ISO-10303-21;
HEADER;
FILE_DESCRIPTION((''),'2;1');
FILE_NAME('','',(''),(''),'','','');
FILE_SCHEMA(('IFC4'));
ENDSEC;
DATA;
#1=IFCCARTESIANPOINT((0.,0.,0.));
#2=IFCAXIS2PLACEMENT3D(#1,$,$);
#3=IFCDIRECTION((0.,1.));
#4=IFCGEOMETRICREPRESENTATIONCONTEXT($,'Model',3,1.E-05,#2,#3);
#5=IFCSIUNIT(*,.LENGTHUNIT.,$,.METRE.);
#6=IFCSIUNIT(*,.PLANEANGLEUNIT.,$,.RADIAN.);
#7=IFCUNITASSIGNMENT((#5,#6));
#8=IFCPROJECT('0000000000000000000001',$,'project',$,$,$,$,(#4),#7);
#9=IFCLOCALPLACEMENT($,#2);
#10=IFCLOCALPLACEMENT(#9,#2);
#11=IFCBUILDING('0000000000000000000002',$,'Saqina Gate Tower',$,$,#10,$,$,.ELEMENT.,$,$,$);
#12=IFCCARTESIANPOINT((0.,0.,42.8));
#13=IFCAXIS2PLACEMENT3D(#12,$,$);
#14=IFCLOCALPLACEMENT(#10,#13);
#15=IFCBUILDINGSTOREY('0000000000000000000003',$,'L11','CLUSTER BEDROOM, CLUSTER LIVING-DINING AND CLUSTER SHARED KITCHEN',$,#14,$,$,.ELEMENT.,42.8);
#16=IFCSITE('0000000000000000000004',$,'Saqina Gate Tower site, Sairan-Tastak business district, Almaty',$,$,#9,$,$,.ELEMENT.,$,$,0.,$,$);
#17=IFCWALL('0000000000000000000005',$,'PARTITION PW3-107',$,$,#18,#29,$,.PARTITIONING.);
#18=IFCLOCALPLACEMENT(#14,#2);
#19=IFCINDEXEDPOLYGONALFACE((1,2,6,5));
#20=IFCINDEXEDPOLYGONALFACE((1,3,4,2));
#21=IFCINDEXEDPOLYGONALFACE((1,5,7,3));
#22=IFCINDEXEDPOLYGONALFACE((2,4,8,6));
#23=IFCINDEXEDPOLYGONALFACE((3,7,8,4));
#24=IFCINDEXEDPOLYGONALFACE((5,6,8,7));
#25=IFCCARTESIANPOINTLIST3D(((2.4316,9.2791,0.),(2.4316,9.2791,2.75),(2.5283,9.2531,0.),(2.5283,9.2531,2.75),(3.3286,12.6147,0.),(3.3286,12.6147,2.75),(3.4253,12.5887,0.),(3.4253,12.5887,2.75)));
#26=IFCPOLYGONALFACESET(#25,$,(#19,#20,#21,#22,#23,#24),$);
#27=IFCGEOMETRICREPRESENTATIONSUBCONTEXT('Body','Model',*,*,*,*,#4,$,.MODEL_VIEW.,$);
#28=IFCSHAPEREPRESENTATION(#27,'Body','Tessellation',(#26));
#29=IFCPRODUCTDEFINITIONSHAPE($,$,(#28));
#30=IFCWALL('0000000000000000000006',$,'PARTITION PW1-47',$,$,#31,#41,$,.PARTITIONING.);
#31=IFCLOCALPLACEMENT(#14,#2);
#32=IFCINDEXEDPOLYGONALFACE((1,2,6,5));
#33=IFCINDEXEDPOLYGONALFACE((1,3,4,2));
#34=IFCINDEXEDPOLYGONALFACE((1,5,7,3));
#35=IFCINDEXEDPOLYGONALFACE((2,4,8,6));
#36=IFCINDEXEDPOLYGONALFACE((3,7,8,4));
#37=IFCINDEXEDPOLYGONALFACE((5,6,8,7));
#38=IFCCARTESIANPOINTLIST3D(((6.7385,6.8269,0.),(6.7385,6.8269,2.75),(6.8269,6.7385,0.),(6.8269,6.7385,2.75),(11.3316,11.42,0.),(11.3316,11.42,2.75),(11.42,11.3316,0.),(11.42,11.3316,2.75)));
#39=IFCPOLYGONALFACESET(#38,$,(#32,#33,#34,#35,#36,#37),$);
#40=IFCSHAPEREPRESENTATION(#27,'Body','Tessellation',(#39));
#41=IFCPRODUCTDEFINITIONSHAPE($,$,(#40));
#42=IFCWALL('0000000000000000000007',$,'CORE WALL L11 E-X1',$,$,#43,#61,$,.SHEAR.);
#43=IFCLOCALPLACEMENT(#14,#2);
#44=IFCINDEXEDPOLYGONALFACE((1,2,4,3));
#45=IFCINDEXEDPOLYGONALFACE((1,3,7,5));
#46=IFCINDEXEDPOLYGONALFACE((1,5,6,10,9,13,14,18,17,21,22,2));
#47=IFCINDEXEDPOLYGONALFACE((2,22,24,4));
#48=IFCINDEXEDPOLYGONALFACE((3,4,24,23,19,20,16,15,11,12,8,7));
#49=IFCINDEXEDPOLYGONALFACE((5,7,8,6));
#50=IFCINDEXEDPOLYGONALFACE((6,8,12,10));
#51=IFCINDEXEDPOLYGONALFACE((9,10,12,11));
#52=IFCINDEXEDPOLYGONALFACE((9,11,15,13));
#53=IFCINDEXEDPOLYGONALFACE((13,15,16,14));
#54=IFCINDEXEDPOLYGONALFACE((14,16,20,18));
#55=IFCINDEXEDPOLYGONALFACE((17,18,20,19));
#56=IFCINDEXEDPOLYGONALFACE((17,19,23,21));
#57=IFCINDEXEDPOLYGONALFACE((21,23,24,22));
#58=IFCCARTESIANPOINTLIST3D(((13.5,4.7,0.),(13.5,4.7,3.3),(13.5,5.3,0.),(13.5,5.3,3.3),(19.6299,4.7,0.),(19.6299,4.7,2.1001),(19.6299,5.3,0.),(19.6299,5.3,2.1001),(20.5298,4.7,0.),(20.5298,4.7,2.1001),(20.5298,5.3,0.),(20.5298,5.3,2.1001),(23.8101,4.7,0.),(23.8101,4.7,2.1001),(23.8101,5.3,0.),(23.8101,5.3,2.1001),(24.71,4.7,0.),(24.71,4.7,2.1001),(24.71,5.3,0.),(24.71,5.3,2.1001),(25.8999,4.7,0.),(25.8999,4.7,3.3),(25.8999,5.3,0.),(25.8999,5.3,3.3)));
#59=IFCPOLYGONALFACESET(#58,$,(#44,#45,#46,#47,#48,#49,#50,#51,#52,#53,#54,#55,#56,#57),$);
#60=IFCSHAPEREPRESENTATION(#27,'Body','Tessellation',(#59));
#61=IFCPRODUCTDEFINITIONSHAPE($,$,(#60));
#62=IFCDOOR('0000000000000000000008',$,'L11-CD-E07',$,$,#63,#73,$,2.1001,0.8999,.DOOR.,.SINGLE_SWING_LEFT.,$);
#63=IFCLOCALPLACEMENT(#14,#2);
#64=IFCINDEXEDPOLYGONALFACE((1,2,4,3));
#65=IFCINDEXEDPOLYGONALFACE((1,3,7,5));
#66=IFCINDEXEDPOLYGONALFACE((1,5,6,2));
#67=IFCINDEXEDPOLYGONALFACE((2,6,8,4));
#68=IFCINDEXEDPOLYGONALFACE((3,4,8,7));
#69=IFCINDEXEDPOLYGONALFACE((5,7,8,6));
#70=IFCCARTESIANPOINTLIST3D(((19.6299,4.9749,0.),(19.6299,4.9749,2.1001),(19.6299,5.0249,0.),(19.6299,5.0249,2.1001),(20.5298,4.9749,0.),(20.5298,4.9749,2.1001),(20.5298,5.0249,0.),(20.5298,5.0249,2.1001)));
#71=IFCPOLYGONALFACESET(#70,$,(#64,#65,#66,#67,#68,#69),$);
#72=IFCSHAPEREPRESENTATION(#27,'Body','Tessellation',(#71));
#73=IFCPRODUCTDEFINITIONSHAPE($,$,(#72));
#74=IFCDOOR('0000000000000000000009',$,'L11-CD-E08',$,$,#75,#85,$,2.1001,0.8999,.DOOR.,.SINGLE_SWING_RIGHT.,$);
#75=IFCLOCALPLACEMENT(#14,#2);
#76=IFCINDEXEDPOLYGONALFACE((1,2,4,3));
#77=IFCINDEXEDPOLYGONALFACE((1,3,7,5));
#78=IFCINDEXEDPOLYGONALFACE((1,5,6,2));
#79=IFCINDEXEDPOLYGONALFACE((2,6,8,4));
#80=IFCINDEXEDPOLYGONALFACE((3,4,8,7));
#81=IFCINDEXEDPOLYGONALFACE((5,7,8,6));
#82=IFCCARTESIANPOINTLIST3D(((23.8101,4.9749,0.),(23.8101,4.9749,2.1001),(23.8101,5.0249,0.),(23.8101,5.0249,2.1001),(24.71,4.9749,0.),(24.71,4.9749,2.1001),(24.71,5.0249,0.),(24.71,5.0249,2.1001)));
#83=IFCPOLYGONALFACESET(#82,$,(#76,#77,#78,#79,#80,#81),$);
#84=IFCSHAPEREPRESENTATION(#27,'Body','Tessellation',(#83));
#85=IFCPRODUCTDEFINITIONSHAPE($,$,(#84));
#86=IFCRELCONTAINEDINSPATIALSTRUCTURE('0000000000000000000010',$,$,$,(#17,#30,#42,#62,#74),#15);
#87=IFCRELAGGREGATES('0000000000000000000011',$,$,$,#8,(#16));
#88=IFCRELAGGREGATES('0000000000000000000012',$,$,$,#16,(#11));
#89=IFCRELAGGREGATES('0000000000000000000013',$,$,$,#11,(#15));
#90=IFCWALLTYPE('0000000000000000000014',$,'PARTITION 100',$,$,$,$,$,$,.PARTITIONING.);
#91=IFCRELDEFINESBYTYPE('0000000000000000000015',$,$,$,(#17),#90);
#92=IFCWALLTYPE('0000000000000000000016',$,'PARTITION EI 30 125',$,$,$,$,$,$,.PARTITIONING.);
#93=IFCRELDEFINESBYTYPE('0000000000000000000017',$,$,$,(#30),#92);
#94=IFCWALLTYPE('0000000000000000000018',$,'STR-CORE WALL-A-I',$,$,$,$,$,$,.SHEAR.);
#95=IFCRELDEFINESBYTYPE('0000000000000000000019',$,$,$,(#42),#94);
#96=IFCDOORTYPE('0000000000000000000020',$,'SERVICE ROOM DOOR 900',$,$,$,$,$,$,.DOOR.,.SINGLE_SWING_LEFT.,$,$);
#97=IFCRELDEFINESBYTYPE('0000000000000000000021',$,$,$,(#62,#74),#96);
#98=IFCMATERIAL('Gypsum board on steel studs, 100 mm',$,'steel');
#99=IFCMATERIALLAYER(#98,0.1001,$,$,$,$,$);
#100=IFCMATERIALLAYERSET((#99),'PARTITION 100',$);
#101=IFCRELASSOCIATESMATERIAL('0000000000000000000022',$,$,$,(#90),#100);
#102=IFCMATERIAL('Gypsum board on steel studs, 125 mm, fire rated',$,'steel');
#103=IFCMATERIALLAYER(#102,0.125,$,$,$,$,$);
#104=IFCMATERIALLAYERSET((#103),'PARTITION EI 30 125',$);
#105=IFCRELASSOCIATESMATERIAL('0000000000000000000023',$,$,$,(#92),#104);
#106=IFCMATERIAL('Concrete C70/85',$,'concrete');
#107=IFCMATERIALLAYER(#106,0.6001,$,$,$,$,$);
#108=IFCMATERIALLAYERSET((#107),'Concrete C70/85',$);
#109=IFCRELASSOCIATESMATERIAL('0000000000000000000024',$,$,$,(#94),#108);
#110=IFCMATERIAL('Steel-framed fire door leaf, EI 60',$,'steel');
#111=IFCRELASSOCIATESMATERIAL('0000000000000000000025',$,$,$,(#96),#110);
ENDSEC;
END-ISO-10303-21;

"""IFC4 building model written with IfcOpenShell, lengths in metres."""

from ifc_helpers import new_model, si_unit, direction, frame, frame_2d, origin, place, context, subcontext, project, spatial, rectangle, extrude, material, layer, layer_set, type_object, element, fill, save


model = new_model("IFC4")

# Units and contexts
model_context = context("Model", 3, precision=1e-05, world=origin(), true_north=direction((0.0, 1.0)))
body_context = subcontext(model_context, "Body", "Model", "MODEL_VIEW")
ifc_project = project(units=[si_unit("LENGTHUNIT", "METRE"), si_unit("PLANEANGLEUNIT", "RADIAN")], contexts=[model_context])

# Site, building, storey
site_placement = place(None, origin())
site = spatial("IfcSite", under=ifc_project, at=site_placement, Name="Saqina Gate Tower site, Sairan-Tastak business district, Almaty", CompositionType="ELEMENT", RefElevation=0.0)
building_placement = place(site_placement, origin())
building = spatial("IfcBuilding", under=site, at=building_placement, Name="Saqina Gate Tower", CompositionType="ELEMENT")
storey_placement = place(building_placement, frame((0.0, 0.0, 42.8)))
storey = spatial("IfcBuildingStorey", under=building, at=storey_placement, Name="L11", Description="CLUSTER BEDROOM, CLUSTER LIVING-DINING AND CLUSTER SHARED KITCHEN", CompositionType="ELEMENT", Elevation=42.8)

# Walls
ifc_material_1 = material(Name="Gypsum board on steel studs, 100 mm", Category="steel")
ifc_layer_1 = layer(ifc_material_1, 0.1001)
ifc_layer_set_1 = layer_set([ifc_layer_1], Name="PARTITION 100")
wall_type_1 = type_object("IfcWallType", Name="PARTITION 100", PredefinedType="PARTITIONING", material=ifc_layer_set_1)
wall_1_placement = place(storey_placement, frame((2.48, 9.2661, 0.0), z_axis=(0.0, 0.0, 1.0), x_axis=(0.259677, 0.965696, 0.0)))
element("IfcWall", 1, at=wall_1_placement, inside=storey, type_object=wall_type_1, Name="PARTITION PW3-107", PredefinedType="PARTITIONING", context=body_context, shape_type="SweptSolid", body=[
    extrude(rectangle(XDim=3.4541, YDim=0.1001, at=frame_2d((1.7271, 0.0))), origin(), (0.0, 0.0, 1.0), 2.75),
])
ifc_material_2 = material(Name="Gypsum board on steel studs, 125 mm, fire rated", Category="steel")
ifc_layer_2 = layer(ifc_material_2, 0.125)
ifc_layer_set_2 = layer_set([ifc_layer_2], Name="PARTITION EI 30 125")
wall_type_2 = type_object("IfcWallType", Name="PARTITION EI 30 125", PredefinedType="PARTITIONING", material=ifc_layer_set_2)
wall_2_placement = place(storey_placement, frame((6.7827, 6.7827, 0.0), z_axis=(0.0, 0.0, 1.0), x_axis=(0.707107, 0.707107, 0.0)))
element("IfcWall", 2, at=wall_2_placement, inside=storey, type_object=wall_type_2, Name="PARTITION PW1-47", PredefinedType="PARTITIONING", context=body_context, shape_type="SweptSolid", body=[
    extrude(rectangle(XDim=6.4956, YDim=0.125, at=frame_2d((3.2478, 0.0))), origin(), (0.0, 0.0, 1.0), 2.75),
])

# Wall, openings, doors
ifc_material_3 = material(Name="Concrete C70/85", Category="concrete")
ifc_layer_3 = layer(ifc_material_3, 0.6001)
ifc_layer_set_3 = layer_set([ifc_layer_3], Name="Concrete C70/85")
wall_type_3 = type_object("IfcWallType", Name="STR-CORE WALL-A-I", PredefinedType="SHEAR", material=ifc_layer_set_3)
wall_3_placement = place(storey_placement, frame((13.5, 5.0, 0.0), z_axis=(0.0, 0.0, 1.0), x_axis=(1.0, 0.0, 0.0)))
wall_3 = element("IfcWall", 3, at=wall_3_placement, inside=storey, type_object=wall_type_3, Name="CORE WALL L11 E-X1", PredefinedType="SHEAR", context=body_context, shape_type="SweptSolid", body=[
    extrude(rectangle(XDim=12.3999, YDim=0.6001, at=frame_2d((6.2, 0.0))), origin(), (0.0, 0.0, 1.0), 3.3),
])
opening_1_placement = place(wall_3_placement, frame((6.1299, 0.0, 0.0)))
opening_1 = element("IfcOpeningElement", 4, at=opening_1_placement, cuts=wall_3, PredefinedType="OPENING", context=body_context, shape_type="SweptSolid", body=[
    extrude(rectangle(XDim=0.8999, YDim=2.1001, at=frame_2d((0.45, 1.05))), frame((0.0, 0.312, 0.0), z_axis=(0.0, -1.0, 0.0), x_axis=(1.0, 0.0, 0.0)), (0.0, 0.0, 1.0), 0.624),
])
opening_2_placement = place(wall_3_placement, frame((10.3101, 0.0, 0.0)))
opening_2 = element("IfcOpeningElement", 5, at=opening_2_placement, cuts=wall_3, PredefinedType="OPENING", context=body_context, shape_type="SweptSolid", body=[
    extrude(rectangle(XDim=0.8999, YDim=2.1001, at=frame_2d((0.45, 1.05))), frame((0.0, 0.312, 0.0), z_axis=(0.0, -1.0, 0.0), x_axis=(1.0, 0.0, 0.0)), (0.0, 0.0, 1.0), 0.624),
])
ifc_material_4 = material(Name="Steel-framed fire door leaf, EI 60", Category="steel")
door_type_1 = type_object("IfcDoorType", Name="SERVICE ROOM DOOR 900", OperationType="SINGLE_SWING_LEFT", PredefinedType="DOOR", material=ifc_material_4)
door_1_placement = place(opening_1_placement, origin())
door_1 = element("IfcDoor", 6, at=door_1_placement, inside=storey, type_object=door_type_1, Name="L11-CD-E07", OperationType="SINGLE_SWING_LEFT", OverallHeight=2.1001, OverallWidth=0.8999, PredefinedType="DOOR", context=body_context, shape_type="SweptSolid", body=[
    extrude(rectangle(XDim=0.8999, YDim=2.1001, at=frame_2d((0.45, 1.05))), frame((0.0, 0.0249, 0.0), z_axis=(0.0, -1.0, 0.0), x_axis=(1.0, 0.0, 0.0)), (0.0, 0.0, 1.0), 0.05),
])
fill(opening_1, door_1)
door_2_placement = place(opening_2_placement, origin())
door_2 = element("IfcDoor", 7, at=door_2_placement, inside=storey, type_object=door_type_1, Name="L11-CD-E08", OperationType="SINGLE_SWING_RIGHT", OverallHeight=2.1001, OverallWidth=0.8999, PredefinedType="DOOR", context=body_context, shape_type="SweptSolid", body=[
    extrude(rectangle(XDim=0.8999, YDim=2.1001, at=frame_2d((0.45, 1.05))), frame((0.0, 0.0249, 0.0), z_axis=(0.0, -1.0, 0.0), x_axis=(1.0, 0.0, 0.0)), (0.0, 0.0, 1.0), 0.05),
])
fill(opening_2, door_2)

save(model, "model.ifc")
